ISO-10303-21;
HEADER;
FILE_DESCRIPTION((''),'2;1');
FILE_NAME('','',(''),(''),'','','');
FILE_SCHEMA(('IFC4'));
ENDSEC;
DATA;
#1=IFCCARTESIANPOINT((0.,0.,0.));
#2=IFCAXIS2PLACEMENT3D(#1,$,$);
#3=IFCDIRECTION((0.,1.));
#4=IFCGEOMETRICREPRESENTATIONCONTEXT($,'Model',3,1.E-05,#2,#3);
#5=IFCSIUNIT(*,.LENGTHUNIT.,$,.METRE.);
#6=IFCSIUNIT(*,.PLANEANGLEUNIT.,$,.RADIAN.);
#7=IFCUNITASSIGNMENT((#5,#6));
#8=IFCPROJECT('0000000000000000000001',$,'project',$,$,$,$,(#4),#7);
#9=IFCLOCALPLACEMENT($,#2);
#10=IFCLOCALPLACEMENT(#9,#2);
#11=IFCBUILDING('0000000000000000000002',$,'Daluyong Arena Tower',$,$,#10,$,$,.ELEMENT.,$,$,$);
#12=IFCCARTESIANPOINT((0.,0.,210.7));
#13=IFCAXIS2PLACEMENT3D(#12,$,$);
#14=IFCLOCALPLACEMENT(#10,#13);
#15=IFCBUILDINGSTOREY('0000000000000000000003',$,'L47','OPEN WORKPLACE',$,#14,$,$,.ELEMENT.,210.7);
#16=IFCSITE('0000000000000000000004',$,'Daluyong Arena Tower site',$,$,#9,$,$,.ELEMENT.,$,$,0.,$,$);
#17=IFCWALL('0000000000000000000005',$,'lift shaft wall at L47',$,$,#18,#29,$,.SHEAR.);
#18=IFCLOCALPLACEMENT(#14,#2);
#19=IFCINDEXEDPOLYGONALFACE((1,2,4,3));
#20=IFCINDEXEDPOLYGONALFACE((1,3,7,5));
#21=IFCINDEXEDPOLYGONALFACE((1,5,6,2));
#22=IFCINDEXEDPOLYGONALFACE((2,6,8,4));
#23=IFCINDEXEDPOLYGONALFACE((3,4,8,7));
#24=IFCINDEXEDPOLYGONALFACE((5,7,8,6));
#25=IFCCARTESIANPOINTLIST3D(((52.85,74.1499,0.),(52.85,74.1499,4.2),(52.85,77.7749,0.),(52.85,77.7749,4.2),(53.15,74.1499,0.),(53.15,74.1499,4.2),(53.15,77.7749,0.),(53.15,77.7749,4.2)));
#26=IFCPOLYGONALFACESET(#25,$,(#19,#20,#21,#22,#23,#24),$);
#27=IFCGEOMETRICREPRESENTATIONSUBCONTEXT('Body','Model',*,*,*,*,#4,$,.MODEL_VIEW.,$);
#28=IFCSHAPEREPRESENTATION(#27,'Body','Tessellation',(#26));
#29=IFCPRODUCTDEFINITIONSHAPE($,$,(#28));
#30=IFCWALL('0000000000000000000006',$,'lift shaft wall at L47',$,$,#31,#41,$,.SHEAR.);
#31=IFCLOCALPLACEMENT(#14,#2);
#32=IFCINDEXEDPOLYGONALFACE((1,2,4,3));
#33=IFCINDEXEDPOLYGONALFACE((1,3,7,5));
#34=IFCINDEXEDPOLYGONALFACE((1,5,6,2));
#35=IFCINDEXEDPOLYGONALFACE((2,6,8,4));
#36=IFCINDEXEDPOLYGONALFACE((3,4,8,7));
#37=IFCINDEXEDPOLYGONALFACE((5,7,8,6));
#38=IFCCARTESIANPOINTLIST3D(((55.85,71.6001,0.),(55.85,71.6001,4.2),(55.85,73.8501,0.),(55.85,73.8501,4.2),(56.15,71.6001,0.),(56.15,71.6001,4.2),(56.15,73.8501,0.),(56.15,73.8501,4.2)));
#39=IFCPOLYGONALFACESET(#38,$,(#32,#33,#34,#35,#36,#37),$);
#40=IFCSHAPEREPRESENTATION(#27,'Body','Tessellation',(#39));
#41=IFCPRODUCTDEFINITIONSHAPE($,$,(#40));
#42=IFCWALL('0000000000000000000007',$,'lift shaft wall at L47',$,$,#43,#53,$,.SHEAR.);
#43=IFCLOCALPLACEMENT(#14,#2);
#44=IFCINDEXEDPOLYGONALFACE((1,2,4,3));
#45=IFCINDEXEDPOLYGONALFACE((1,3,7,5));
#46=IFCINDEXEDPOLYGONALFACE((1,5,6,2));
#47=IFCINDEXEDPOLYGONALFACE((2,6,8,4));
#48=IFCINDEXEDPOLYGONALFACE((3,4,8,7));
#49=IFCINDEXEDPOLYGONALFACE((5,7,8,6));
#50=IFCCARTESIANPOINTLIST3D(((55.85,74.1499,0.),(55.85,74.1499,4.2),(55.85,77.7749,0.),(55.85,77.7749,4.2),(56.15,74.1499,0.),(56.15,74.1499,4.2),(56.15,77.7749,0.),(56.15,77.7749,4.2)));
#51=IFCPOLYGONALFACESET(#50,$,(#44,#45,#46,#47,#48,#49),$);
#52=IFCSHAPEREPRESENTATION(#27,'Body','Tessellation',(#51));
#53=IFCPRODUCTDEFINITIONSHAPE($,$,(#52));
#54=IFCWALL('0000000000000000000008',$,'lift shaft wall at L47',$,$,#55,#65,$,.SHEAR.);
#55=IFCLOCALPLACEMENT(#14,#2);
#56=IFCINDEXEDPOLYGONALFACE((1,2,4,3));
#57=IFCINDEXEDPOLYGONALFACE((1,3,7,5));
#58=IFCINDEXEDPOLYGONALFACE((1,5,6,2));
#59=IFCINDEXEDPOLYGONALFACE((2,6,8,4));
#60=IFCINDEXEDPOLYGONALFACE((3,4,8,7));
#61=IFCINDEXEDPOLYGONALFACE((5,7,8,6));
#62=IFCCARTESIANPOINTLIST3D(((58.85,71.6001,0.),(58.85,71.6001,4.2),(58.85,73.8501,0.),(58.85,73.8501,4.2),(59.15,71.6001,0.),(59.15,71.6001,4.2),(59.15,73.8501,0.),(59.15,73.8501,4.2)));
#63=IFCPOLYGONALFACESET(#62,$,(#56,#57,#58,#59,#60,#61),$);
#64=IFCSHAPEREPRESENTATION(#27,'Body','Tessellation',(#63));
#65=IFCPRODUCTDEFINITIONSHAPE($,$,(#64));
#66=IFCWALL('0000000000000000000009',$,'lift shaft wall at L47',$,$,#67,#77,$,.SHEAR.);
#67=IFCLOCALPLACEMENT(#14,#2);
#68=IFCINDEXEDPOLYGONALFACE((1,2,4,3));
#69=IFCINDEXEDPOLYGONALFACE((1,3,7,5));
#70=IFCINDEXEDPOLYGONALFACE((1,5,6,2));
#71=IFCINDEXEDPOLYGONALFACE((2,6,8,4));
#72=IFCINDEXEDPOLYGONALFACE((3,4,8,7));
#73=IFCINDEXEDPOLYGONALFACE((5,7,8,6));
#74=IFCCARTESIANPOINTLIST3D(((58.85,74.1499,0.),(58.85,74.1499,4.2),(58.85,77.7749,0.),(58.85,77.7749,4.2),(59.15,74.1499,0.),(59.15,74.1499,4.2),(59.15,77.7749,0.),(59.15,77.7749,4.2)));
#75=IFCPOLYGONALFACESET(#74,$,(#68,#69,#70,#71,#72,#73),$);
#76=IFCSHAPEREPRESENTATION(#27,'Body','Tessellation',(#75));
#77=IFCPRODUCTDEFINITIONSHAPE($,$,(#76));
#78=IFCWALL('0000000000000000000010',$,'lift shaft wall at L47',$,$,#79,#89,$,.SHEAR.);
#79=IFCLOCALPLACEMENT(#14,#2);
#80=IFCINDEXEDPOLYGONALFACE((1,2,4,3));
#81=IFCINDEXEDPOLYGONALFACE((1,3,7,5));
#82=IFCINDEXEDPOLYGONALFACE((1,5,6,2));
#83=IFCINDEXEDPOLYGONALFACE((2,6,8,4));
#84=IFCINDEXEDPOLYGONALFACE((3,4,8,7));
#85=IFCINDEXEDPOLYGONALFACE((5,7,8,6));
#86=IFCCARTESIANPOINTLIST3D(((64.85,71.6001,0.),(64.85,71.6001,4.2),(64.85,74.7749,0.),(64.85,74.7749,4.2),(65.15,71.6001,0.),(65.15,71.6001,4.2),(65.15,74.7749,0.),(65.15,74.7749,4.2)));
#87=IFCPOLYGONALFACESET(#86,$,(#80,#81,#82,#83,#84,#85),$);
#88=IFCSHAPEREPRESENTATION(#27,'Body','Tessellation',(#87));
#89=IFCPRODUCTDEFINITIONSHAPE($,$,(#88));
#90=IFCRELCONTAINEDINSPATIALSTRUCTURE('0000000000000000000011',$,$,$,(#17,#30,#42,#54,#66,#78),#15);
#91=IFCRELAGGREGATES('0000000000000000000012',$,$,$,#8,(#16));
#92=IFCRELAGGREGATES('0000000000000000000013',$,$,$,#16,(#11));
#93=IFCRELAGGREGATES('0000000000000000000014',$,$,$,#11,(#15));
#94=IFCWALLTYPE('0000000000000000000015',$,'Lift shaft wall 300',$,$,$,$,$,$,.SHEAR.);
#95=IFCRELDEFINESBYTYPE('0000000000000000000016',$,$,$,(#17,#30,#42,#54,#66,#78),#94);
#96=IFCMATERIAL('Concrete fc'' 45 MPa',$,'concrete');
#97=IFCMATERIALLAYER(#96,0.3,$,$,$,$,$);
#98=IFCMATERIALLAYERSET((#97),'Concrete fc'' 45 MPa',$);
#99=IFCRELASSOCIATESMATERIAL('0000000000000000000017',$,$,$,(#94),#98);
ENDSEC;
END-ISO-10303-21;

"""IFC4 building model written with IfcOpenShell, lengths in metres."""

from ifc_helpers import new_model, si_unit, direction, frame, frame_2d, origin, place, context, subcontext, project, spatial, rectangle, extrude, material, layer, layer_set, type_object, element, save


model = new_model("IFC4")

# Units and contexts
model_context = context("Model", 3, precision=1e-05, world=origin(), true_north=direction((0.0, 1.0)))
body_context = subcontext(model_context, "Body", "Model", "MODEL_VIEW")
ifc_project = project(units=[si_unit("LENGTHUNIT", "METRE"), si_unit("PLANEANGLEUNIT", "RADIAN")], contexts=[model_context])

# Site, building, storey
site_placement = place(None, origin())
site = spatial("IfcSite", under=ifc_project, at=site_placement, Name="Daluyong Arena Tower site", CompositionType="ELEMENT", RefElevation=0.0)
building_placement = place(site_placement, origin())
building = spatial("IfcBuilding", under=site, at=building_placement, Name="Daluyong Arena Tower", CompositionType="ELEMENT")
storey_placement = place(building_placement, frame((0.0, 0.0, 210.7)))
storey = spatial("IfcBuildingStorey", under=building, at=storey_placement, Name="L47", Description="OPEN WORKPLACE", CompositionType="ELEMENT", Elevation=210.7)

# Walls
ifc_material_1 = material(Name="Concrete fc' 45 MPa", Category="concrete")
ifc_layer_1 = layer(ifc_material_1, 0.3)
ifc_layer_set_1 = layer_set([ifc_layer_1], Name="Concrete fc' 45 MPa")
wall_type_1 = type_object("IfcWallType", Name="Lift shaft wall 300", PredefinedType="SHEAR", material=ifc_layer_set_1)
wall_1_placement = place(storey_placement, frame((53.0, 74.1499, 0.0), z_axis=(0.0, 0.0, 1.0), x_axis=(0.0, 1.0, 0.0)))
element("IfcWall", 1, at=wall_1_placement, inside=storey, type_object=wall_type_1, Name="lift shaft wall at L47", PredefinedType="SHEAR", context=body_context, shape_type="SweptSolid", body=[
    extrude(rectangle(XDim=3.625, YDim=0.3, at=frame_2d((1.8125, 0.0))), origin(), (0.0, 0.0, 1.0), 4.2),
])
wall_2_placement = place(storey_placement, frame((56.0, 71.6001, 0.0), z_axis=(0.0, 0.0, 1.0), x_axis=(0.0, 1.0, 0.0)))
element("IfcWall", 2, at=wall_2_placement, inside=storey, type_object=wall_type_1, Name="lift shaft wall at L47", PredefinedType="SHEAR", context=body_context, shape_type="SweptSolid", body=[
    extrude(rectangle(XDim=2.25, YDim=0.3, at=frame_2d((1.125, 0.0))), origin(), (0.0, 0.0, 1.0), 4.2),
])
wall_3_placement = place(storey_placement, frame((56.0, 74.1499, 0.0), z_axis=(0.0, 0.0, 1.0), x_axis=(0.0, 1.0, 0.0)))
element("IfcWall", 3, at=wall_3_placement, inside=storey, type_object=wall_type_1, Name="lift shaft wall at L47", PredefinedType="SHEAR", context=body_context, shape_type="SweptSolid", body=[
    extrude(rectangle(XDim=3.625, YDim=0.3, at=frame_2d((1.8125, 0.0))), origin(), (0.0, 0.0, 1.0), 4.2),
])
wall_4_placement = place(storey_placement, frame((59.0, 71.6001, 0.0), z_axis=(0.0, 0.0, 1.0), x_axis=(0.0, 1.0, 0.0)))
element("IfcWall", 4, at=wall_4_placement, inside=storey, type_object=wall_type_1, Name="lift shaft wall at L47", PredefinedType="SHEAR", context=body_context, shape_type="SweptSolid", body=[
    extrude(rectangle(XDim=2.25, YDim=0.3, at=frame_2d((1.125, 0.0))), origin(), (0.0, 0.0, 1.0), 4.2),
])
wall_5_placement = place(storey_placement, frame((59.0, 74.1499, 0.0), z_axis=(0.0, 0.0, 1.0), x_axis=(0.0, 1.0, 0.0)))
element("IfcWall", 5, at=wall_5_placement, inside=storey, type_object=wall_type_1, Name="lift shaft wall at L47", PredefinedType="SHEAR", context=body_context, shape_type="SweptSolid", body=[
    extrude(rectangle(XDim=3.625, YDim=0.3, at=frame_2d((1.8125, 0.0))), origin(), (0.0, 0.0, 1.0), 4.2),
])
wall_6_placement = place(storey_placement, frame((65.0, 71.6001, 0.0), z_axis=(0.0, 0.0, 1.0), x_axis=(0.0, 1.0, 0.0)))
element("IfcWall", 6, at=wall_6_placement, inside=storey, type_object=wall_type_1, Name="lift shaft wall at L47", PredefinedType="SHEAR", context=body_context, shape_type="SweptSolid", body=[
    extrude(rectangle(XDim=3.1748, YDim=0.3, at=frame_2d((1.5874, 0.0))), origin(), (0.0, 0.0, 1.0), 4.2),
])

save(model, "model.ifc")
